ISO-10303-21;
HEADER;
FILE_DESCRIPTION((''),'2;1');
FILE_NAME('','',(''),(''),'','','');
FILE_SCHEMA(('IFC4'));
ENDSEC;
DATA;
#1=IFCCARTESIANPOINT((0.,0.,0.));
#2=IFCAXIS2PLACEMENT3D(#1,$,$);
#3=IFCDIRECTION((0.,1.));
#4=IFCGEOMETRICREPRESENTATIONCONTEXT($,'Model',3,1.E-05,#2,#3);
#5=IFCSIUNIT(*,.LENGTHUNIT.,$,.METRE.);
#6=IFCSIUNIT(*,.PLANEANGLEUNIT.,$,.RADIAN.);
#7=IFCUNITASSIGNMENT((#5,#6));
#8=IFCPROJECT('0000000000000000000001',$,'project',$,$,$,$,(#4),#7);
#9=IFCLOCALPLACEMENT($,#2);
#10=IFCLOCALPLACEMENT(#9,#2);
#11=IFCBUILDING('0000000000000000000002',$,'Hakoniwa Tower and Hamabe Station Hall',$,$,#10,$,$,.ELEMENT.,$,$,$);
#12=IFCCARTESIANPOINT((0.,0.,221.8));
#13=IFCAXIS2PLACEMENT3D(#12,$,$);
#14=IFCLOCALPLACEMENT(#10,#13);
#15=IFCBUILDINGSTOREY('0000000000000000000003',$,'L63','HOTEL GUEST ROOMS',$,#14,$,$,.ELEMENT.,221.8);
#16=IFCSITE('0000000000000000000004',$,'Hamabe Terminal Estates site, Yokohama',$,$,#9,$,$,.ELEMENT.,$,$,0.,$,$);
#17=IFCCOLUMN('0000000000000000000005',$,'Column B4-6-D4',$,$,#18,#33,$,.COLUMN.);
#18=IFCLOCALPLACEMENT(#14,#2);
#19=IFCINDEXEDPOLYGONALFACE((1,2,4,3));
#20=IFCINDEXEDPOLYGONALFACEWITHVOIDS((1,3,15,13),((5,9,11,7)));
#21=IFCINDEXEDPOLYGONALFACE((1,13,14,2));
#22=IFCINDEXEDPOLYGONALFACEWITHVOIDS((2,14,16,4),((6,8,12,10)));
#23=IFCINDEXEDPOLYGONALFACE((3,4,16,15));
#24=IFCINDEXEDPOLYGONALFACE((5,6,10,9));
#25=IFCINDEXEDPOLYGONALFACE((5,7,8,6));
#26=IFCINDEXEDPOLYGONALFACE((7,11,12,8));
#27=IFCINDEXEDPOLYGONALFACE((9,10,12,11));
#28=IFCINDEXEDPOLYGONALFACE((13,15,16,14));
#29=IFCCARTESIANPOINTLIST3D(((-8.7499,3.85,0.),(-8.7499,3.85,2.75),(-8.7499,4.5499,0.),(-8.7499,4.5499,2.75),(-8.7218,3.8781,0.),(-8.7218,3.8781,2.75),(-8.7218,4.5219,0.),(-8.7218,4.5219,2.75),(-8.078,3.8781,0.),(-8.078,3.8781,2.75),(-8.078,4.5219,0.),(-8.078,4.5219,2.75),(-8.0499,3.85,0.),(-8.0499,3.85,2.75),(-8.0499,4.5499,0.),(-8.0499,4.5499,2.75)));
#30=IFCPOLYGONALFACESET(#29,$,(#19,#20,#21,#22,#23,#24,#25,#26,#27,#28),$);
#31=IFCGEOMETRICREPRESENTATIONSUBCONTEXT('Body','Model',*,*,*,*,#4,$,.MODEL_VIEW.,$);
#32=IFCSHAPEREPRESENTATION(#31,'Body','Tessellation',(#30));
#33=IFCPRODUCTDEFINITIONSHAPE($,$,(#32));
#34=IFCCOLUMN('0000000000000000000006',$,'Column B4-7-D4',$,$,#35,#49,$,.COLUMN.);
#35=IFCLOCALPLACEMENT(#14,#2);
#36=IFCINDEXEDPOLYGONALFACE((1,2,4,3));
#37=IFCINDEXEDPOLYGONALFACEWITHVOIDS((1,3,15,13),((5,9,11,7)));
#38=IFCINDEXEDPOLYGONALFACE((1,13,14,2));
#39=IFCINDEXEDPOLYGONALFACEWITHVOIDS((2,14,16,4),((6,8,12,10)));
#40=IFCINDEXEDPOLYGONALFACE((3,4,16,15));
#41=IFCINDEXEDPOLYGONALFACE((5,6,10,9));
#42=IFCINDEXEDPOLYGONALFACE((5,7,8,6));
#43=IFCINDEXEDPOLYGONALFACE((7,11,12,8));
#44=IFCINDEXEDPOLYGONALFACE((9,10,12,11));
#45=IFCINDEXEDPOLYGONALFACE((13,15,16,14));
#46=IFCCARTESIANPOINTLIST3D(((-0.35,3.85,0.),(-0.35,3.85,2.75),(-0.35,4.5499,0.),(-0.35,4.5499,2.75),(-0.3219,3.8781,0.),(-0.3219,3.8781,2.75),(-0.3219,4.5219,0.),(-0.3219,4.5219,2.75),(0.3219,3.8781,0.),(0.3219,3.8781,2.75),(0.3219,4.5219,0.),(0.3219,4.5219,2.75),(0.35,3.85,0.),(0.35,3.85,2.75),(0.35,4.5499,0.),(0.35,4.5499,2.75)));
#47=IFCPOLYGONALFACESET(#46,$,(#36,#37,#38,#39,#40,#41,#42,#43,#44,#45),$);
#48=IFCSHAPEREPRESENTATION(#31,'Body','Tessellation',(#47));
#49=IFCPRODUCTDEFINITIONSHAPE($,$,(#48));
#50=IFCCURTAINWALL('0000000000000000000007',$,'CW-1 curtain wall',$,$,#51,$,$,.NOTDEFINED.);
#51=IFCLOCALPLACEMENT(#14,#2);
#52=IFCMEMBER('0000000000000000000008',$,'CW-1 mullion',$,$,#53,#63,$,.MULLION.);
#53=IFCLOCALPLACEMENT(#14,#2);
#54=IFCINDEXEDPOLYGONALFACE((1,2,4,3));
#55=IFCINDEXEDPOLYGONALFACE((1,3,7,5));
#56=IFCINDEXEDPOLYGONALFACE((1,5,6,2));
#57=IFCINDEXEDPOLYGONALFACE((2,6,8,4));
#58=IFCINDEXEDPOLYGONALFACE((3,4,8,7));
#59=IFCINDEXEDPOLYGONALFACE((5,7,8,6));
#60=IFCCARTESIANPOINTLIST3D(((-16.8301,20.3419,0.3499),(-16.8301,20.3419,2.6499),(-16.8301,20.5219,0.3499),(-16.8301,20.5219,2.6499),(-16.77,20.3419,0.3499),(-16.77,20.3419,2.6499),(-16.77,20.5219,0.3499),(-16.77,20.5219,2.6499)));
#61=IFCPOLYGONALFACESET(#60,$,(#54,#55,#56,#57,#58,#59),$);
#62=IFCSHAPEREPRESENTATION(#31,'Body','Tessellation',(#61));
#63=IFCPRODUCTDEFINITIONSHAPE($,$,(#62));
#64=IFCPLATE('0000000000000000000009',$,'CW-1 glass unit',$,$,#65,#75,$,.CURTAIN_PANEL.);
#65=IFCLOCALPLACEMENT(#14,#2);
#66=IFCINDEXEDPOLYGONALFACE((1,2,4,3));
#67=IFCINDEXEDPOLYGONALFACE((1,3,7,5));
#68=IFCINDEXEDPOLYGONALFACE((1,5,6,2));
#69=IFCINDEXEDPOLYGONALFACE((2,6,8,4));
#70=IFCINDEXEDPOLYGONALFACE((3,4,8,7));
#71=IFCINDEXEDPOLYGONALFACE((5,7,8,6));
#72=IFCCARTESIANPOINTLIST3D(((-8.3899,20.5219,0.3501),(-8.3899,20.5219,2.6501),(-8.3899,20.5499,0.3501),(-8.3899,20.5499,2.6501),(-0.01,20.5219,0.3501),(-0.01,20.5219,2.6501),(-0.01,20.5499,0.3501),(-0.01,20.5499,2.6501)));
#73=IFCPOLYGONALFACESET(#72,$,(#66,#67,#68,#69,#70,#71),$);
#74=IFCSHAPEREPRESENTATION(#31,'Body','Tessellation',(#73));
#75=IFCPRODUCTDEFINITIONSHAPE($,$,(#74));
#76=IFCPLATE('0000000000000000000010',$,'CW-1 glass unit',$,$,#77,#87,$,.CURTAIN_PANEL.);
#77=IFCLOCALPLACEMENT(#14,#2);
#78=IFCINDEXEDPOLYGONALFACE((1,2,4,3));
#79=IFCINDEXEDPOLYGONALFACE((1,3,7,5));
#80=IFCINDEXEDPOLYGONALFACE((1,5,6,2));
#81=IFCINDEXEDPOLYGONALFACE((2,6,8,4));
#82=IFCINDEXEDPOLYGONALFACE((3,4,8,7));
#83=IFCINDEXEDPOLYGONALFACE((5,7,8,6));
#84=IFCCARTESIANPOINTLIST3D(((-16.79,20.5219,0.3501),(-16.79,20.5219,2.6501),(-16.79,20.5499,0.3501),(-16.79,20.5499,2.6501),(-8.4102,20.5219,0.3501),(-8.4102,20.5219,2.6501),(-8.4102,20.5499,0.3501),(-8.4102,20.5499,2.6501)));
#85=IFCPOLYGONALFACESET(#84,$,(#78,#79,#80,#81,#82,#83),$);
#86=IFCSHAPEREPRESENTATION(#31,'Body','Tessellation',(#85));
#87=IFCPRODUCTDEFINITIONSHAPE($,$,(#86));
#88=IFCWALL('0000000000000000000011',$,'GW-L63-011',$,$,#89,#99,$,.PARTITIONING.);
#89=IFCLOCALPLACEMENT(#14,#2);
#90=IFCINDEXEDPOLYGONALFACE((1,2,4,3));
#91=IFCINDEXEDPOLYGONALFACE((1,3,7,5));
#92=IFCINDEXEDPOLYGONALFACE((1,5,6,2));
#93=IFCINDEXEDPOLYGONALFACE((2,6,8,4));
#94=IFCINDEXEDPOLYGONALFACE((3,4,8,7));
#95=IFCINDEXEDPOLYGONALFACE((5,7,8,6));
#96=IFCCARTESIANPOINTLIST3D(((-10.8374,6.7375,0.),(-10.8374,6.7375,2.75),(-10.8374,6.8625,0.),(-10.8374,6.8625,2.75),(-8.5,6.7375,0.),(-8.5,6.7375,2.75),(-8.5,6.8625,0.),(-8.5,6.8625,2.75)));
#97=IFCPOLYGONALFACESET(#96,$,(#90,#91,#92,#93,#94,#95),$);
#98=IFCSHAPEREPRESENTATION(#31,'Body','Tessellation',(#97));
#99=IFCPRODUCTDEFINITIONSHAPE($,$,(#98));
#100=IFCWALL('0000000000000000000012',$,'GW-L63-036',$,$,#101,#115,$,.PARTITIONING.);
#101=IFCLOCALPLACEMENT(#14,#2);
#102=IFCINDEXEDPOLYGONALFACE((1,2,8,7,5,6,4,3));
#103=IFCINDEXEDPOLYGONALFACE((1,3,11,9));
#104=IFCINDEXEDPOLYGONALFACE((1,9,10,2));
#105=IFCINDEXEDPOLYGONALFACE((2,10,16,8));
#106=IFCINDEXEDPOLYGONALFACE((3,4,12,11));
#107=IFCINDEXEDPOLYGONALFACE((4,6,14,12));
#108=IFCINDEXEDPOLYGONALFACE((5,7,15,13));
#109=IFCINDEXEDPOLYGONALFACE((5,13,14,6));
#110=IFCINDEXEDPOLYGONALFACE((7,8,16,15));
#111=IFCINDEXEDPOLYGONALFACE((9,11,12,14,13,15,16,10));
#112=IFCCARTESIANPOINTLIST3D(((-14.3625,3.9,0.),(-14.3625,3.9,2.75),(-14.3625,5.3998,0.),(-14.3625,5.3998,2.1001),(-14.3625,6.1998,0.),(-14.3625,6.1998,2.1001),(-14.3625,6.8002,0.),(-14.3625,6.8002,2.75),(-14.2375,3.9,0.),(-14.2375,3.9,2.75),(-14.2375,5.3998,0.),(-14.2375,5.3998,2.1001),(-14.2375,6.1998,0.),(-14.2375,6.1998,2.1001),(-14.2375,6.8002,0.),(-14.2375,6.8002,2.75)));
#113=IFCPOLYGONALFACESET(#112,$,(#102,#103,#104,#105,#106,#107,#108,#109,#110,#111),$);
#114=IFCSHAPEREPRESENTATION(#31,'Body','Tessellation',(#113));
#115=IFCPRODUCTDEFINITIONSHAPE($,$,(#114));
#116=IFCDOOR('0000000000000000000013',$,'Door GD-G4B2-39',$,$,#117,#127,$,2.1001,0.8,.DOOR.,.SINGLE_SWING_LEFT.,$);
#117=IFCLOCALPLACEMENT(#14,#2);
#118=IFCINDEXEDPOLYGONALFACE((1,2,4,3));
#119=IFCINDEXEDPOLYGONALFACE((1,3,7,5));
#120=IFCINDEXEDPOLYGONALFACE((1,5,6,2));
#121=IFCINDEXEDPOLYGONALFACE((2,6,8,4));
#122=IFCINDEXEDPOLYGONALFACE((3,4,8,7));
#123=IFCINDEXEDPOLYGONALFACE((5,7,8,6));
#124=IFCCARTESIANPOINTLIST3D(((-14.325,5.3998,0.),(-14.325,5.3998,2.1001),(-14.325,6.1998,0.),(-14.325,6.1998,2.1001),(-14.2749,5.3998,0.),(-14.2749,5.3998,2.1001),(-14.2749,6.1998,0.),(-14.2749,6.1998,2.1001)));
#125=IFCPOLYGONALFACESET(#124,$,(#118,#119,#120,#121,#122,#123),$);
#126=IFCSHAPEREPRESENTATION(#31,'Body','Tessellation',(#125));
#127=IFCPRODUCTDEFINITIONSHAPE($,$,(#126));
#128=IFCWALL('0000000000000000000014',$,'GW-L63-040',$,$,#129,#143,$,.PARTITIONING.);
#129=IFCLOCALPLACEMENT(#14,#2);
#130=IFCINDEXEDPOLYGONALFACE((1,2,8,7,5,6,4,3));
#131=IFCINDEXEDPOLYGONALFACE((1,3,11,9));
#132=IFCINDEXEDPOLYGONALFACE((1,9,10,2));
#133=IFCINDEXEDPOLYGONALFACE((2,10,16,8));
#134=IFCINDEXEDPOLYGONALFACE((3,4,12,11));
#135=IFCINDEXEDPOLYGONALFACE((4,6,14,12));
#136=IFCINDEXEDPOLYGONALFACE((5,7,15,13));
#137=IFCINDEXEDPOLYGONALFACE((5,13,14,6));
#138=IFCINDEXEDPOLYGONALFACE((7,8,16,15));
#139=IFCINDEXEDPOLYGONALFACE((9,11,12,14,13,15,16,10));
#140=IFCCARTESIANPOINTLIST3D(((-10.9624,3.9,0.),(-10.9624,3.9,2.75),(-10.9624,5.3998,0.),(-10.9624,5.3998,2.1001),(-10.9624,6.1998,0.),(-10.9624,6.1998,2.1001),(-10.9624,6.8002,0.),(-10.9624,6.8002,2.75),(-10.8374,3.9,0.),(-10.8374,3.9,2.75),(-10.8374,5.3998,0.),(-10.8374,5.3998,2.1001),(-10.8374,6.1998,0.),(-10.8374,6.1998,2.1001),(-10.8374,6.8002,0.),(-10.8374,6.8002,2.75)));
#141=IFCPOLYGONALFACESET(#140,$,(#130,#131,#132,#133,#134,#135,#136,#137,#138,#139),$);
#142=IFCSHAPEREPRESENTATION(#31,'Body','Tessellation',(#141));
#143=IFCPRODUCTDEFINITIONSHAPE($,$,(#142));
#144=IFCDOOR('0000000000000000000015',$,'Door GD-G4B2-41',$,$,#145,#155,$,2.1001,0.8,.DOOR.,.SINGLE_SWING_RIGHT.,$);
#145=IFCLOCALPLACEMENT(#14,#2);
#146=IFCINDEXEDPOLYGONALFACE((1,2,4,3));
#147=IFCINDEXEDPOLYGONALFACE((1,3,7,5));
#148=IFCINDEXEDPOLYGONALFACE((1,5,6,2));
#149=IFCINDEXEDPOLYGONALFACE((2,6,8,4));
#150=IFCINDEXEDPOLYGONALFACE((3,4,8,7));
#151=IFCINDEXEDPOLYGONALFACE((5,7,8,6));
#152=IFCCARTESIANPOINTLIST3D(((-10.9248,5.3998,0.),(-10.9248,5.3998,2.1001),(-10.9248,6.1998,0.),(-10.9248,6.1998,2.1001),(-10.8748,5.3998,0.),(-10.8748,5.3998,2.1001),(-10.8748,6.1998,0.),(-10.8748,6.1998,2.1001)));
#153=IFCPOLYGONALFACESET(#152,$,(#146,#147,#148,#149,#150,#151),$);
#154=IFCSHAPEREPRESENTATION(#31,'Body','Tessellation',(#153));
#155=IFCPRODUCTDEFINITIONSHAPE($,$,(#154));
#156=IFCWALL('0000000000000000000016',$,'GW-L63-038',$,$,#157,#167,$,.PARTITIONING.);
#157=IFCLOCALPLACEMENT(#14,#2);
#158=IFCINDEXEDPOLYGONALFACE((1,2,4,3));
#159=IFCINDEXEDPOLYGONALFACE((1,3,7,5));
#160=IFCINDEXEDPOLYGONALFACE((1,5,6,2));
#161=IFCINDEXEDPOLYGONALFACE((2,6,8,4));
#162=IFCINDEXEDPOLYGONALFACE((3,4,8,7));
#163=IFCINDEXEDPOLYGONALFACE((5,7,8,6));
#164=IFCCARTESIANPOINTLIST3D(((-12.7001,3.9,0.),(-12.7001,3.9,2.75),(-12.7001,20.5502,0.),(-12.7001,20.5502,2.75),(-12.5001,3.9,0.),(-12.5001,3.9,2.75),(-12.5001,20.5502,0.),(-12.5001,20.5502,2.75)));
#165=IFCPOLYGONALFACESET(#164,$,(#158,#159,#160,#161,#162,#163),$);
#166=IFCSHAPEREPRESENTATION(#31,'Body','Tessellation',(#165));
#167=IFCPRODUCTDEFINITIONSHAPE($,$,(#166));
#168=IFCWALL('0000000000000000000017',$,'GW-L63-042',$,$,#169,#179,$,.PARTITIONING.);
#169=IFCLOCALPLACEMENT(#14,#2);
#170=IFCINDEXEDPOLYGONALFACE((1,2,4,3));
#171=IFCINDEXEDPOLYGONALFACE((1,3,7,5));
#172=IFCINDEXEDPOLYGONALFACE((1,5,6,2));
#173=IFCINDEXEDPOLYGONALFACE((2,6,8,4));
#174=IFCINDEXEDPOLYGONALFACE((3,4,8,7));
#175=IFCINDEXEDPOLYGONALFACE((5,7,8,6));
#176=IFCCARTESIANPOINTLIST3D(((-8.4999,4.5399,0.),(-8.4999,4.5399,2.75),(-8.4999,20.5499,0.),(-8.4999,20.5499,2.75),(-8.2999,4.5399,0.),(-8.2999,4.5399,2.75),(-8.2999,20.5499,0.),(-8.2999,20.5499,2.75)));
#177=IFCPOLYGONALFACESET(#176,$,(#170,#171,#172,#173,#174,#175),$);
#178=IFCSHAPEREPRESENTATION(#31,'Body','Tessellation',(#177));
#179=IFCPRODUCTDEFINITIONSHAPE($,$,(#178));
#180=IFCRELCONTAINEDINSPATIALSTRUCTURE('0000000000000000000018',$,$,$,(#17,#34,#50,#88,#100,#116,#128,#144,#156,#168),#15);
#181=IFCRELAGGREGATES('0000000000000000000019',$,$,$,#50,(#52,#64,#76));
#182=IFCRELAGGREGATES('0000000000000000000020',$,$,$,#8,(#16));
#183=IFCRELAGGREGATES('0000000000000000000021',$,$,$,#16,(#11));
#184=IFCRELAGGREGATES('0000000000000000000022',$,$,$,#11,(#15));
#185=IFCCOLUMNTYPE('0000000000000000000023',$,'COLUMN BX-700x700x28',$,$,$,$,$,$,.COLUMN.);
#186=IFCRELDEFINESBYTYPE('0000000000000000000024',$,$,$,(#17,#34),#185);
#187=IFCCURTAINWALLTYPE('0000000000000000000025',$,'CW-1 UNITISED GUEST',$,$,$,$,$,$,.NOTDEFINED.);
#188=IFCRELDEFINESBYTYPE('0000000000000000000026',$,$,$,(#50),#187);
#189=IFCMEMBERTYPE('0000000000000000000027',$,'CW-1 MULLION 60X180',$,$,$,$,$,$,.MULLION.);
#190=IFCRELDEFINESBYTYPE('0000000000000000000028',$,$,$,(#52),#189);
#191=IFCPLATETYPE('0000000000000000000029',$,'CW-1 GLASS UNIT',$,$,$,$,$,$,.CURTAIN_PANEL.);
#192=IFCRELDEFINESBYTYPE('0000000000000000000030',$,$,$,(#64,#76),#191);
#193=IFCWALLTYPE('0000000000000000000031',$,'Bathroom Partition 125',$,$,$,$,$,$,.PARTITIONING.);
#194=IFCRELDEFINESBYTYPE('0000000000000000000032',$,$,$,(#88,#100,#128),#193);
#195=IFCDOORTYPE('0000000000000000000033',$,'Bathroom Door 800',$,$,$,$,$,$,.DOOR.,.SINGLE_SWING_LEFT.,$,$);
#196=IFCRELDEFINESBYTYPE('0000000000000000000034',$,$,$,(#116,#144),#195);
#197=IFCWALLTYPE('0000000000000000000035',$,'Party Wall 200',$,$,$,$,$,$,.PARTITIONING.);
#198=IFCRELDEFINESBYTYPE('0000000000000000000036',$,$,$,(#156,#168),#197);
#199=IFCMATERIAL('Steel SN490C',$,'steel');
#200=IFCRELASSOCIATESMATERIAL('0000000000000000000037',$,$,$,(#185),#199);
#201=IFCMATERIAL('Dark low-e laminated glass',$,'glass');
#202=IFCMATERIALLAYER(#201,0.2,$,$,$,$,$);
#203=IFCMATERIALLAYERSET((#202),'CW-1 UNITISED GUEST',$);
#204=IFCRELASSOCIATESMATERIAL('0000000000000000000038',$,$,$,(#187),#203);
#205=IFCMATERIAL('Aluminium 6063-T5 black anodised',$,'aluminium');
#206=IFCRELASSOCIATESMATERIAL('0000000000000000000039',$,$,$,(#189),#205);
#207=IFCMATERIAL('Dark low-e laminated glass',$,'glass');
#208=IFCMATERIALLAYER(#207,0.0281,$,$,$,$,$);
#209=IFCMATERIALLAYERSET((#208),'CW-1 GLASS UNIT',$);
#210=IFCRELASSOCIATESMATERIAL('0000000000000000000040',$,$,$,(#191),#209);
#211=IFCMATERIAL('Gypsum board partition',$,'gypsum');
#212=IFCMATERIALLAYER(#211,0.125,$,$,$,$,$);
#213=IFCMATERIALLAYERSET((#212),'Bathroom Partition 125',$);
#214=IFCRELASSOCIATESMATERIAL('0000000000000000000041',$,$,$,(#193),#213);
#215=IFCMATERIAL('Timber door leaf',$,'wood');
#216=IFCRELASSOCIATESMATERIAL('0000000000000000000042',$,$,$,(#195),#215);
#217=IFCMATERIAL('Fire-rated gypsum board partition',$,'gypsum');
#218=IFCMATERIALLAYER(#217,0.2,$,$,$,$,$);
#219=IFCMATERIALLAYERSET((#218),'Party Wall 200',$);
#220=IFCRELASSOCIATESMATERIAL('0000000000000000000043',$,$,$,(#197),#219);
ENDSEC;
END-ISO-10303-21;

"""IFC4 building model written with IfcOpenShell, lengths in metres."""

from ifc_helpers import new_model, si_unit, direction, frame, frame_2d, origin, origin_2d, place, context, subcontext, project, spatial, rectangle, hollow_rectangle, extrude, material, layer, layer_set, material_profile, profile_set, type_object, element, fill, aggregate, save


model = new_model("IFC4")

# Units and contexts
model_context = context("Model", 3, precision=1e-05, world=origin(), true_north=direction((0.0, 1.0)))
body_context = subcontext(model_context, "Body", "Model", "MODEL_VIEW")
ifc_project = project(units=[si_unit("LENGTHUNIT", "METRE"), si_unit("PLANEANGLEUNIT", "RADIAN")], contexts=[model_context])

# Site, building, storey
site_placement = place(None, origin())
site = spatial("IfcSite", under=ifc_project, at=site_placement, Name="Hamabe Terminal Estates site, Yokohama", CompositionType="ELEMENT", RefElevation=0.0)
building_placement = place(site_placement, origin())
building = spatial("IfcBuilding", under=site, at=building_placement, Name="Hakoniwa Tower and Hamabe Station Hall", CompositionType="ELEMENT")
storey_placement = place(building_placement, frame((0.0, 0.0, 221.8)))
storey = spatial("IfcBuildingStorey", under=building, at=storey_placement, Name="L63", Description="HOTEL GUEST ROOMS", CompositionType="ELEMENT", Elevation=221.8)

# Columns
ifc_material_1 = material(Name="Steel SN490C", Category="steel")
ifc_material_profile_1 = material_profile(ifc_material_1, hollow_rectangle(XDim=0.7, YDim=0.7, WallThickness=0.0281, at=origin_2d()), Name="BX-700x700x28")
ifc_profile_set_1 = profile_set([ifc_material_profile_1], Name="Steel SN490C")
column_type_1 = type_object("IfcColumnType", Name="COLUMN BX-700x700x28", PredefinedType="COLUMN", material=ifc_profile_set_1)
for number, where, z_axis, x_axis, name in (
    (1, (-8.3999, 4.2, 0.0), (0.0, 0.0, 1.0), (1.0, 0.0, 0.0), "Column B4-6-D4"),
    (2, (0.0, 4.2, 0.0), (0.0, 0.0, 1.0), (1.0, 0.0, 0.0), "Column B4-7-D4"),
):
    element("IfcColumn", number, at=place(storey_placement, frame(where, z_axis=z_axis, x_axis=x_axis)), inside=storey, type_object=column_type_1, Name=name, PredefinedType="COLUMN", context=body_context, shape_type="SweptSolid", body=[
        extrude(hollow_rectangle(XDim=0.7, YDim=0.7, WallThickness=0.0281, at=origin_2d()), origin(), (0.0, 0.0, 1.0), 2.75),
    ])

# Curtain wall, member, plates
ifc_material_2 = material(Name="Dark low-e laminated glass", Category="glass")
ifc_layer_1 = layer(ifc_material_2, 0.2)
ifc_layer_set_1 = layer_set([ifc_layer_1], Name="CW-1 UNITISED GUEST")
curtain_wall_type = type_object("IfcCurtainWallType", Name="CW-1 UNITISED GUEST", PredefinedType="NOTDEFINED", material=ifc_layer_set_1)
curtain_wall_placement = place(storey_placement, origin())
curtain_wall = element("IfcCurtainWall", 3, at=curtain_wall_placement, inside=storey, type_object=curtain_wall_type, Name="CW-1 curtain wall", PredefinedType="NOTDEFINED")
ifc_material_3 = material(Name="Aluminium 6063-T5 black anodised", Category="aluminium")
ifc_material_profile_2 = material_profile(ifc_material_3, rectangle(XDim=0.0601, YDim=0.1799, at=origin_2d()), Name="CW-1 MULLION 60X180")
ifc_profile_set_2 = profile_set([ifc_material_profile_2], Name="Aluminium 6063-T5 black anodised")
member_type = type_object("IfcMemberType", Name="CW-1 MULLION 60X180", PredefinedType="MULLION", material=ifc_profile_set_2)
member_placement = place(storey_placement, frame((-16.8, 20.4319, 0.3499), z_axis=(0.0, 0.0, 1.0), x_axis=(-1.0, 0.0, 0.0)))
member = element("IfcMember", 4, at=member_placement, type_object=member_type, Name="CW-1 mullion", PredefinedType="MULLION", context=body_context, shape_type="SweptSolid", body=[
    extrude(rectangle(XDim=0.0601, YDim=0.1799, at=origin_2d()), origin(), (0.0, 0.0, 1.0), 2.3),
])
ifc_material_4 = material(Name="Dark low-e laminated glass", Category="glass")
ifc_layer_2 = layer(ifc_material_4, 0.0281)
ifc_layer_set_2 = layer_set([ifc_layer_2], Name="CW-1 GLASS UNIT")
plate_type = type_object("IfcPlateType", Name="CW-1 GLASS UNIT", PredefinedType="CURTAIN_PANEL", material=ifc_layer_set_2)
plate_1_placement = place(storey_placement, frame((-4.2, 20.5359, 0.3501), z_axis=(0.0, 0.0, 1.0), x_axis=(-1.0, 0.0, 0.0)))
plate_1 = element("IfcPlate", 5, at=plate_1_placement, type_object=plate_type, Name="CW-1 glass unit", PredefinedType="CURTAIN_PANEL", context=body_context, shape_type="SweptSolid", body=[
    extrude(rectangle(XDim=8.3799, YDim=0.0281, at=origin_2d()), origin(), (0.0, 0.0, 1.0), 2.3),
])
plate_2_placement = place(storey_placement, frame((-12.6001, 20.5359, 0.3501), z_axis=(0.0, 0.0, 1.0), x_axis=(-1.0, 0.0, 0.0)))
plate_2 = element("IfcPlate", 6, at=plate_2_placement, type_object=plate_type, Name="CW-1 glass unit", PredefinedType="CURTAIN_PANEL", context=body_context, shape_type="SweptSolid", body=[
    extrude(rectangle(XDim=8.3799, YDim=0.0281, at=origin_2d()), origin(), (0.0, 0.0, 1.0), 2.3),
])
aggregate(curtain_wall, [member, plate_1, plate_2])

# Wall
ifc_material_5 = material(Name="Gypsum board partition", Category="gypsum")
ifc_layer_3 = layer(ifc_material_5, 0.125)
ifc_layer_set_3 = layer_set([ifc_layer_3], Name="Bathroom Partition 125")
wall_type_1 = type_object("IfcWallType", Name="Bathroom Partition 125", PredefinedType="PARTITIONING", material=ifc_layer_set_3)
wall_1_placement = place(storey_placement, frame((-10.8374, 6.8, 0.0), z_axis=(0.0, 0.0, 1.0), x_axis=(1.0, 0.0, 0.0)))
element("IfcWall", 7, at=wall_1_placement, inside=storey, type_object=wall_type_1, Name="GW-L63-011", PredefinedType="PARTITIONING", context=body_context, shape_type="SweptSolid", body=[
    extrude(rectangle(XDim=2.3374, YDim=0.125, at=frame_2d((1.1687, 0.0))), origin(), (0.0, 0.0, 1.0), 2.75),
])

# Walls, openings, doors
wall_2_placement = place(storey_placement, frame((-14.3, 3.8999, 0.0), z_axis=(0.0, 0.0, 1.0), x_axis=(0.0, 1.0, 0.0)))
wall_2 = element("IfcWall", 8, at=wall_2_placement, inside=storey, type_object=wall_type_1, Name="GW-L63-036", PredefinedType="PARTITIONING", context=body_context, shape_type="SweptSolid", body=[
    extrude(rectangle(XDim=2.9001, YDim=0.125, at=frame_2d((1.4502, 0.0))), origin(), (0.0, 0.0, 1.0), 2.75),
])
opening_1_placement = place(wall_2_placement, frame((1.5, 0.0, 0.0)))
opening_1 = element("IfcOpeningElement", 9, at=opening_1_placement, cuts=wall_2, PredefinedType="OPENING", context=body_context, shape_type="SweptSolid", body=[
    extrude(rectangle(XDim=0.8, YDim=2.1001, at=frame_2d((0.3999, 1.05))), frame((0.0, 0.0725, 0.0), z_axis=(0.0, -1.0, 0.0), x_axis=(1.0, 0.0, 0.0)), (0.0, 0.0, 1.0), 0.145),
])
ifc_material_6 = material(Name="Timber door leaf", Category="wood")
door_type = type_object("IfcDoorType", Name="Bathroom Door 800", OperationType="SINGLE_SWING_LEFT", PredefinedType="DOOR", material=ifc_material_6)
door_1_placement = place(opening_1_placement, origin())
door_1 = element("IfcDoor", 10, at=door_1_placement, inside=storey, type_object=door_type, Name="Door GD-G4B2-39", OperationType="SINGLE_SWING_LEFT", OverallHeight=2.1001, OverallWidth=0.8, PredefinedType="DOOR", context=body_context, shape_type="SweptSolid", body=[
    extrude(rectangle(XDim=0.8, YDim=2.1001, at=frame_2d((0.3999, 1.05))), frame((0.0, 0.0249, 0.0), z_axis=(0.0, -1.0, 0.0), x_axis=(1.0, 0.0, 0.0)), (0.0, 0.0, 1.0), 0.05),
])
fill(opening_1, door_1)
wall_3_placement = place(storey_placement, frame((-10.8999, 3.8999, 0.0), z_axis=(0.0, 0.0, 1.0), x_axis=(0.0, 1.0, 0.0)))
wall_3 = element("IfcWall", 11, at=wall_3_placement, inside=storey, type_object=wall_type_1, Name="GW-L63-040", PredefinedType="PARTITIONING", context=body_context, shape_type="SweptSolid", body=[
    extrude(rectangle(XDim=2.9001, YDim=0.125, at=frame_2d((1.4502, 0.0))), origin(), (0.0, 0.0, 1.0), 2.75),
])
opening_2_placement = place(wall_3_placement, frame((1.5, 0.0, 0.0)))
opening_2 = element("IfcOpeningElement", 12, at=opening_2_placement, cuts=wall_3, PredefinedType="OPENING", context=body_context, shape_type="SweptSolid", body=[
    extrude(rectangle(XDim=0.8, YDim=2.1001, at=frame_2d((0.3999, 1.05))), frame((0.0, 0.0725, 0.0), z_axis=(0.0, -1.0, 0.0), x_axis=(1.0, 0.0, 0.0)), (0.0, 0.0, 1.0), 0.145),
])
door_2_placement = place(opening_2_placement, origin())
door_2 = element("IfcDoor", 13, at=door_2_placement, inside=storey, type_object=door_type, Name="Door GD-G4B2-41", OperationType="SINGLE_SWING_RIGHT", OverallHeight=2.1001, OverallWidth=0.8, PredefinedType="DOOR", context=body_context, shape_type="SweptSolid", body=[
    extrude(rectangle(XDim=0.8, YDim=2.1001, at=frame_2d((0.3999, 1.05))), frame((0.0, 0.0249, 0.0), z_axis=(0.0, -1.0, 0.0), x_axis=(1.0, 0.0, 0.0)), (0.0, 0.0, 1.0), 0.05),
])
fill(opening_2, door_2)

# Walls
ifc_material_7 = material(Name="Fire-rated gypsum board partition", Category="gypsum")
ifc_layer_4 = layer(ifc_material_7, 0.2)
ifc_layer_set_4 = layer_set([ifc_layer_4], Name="Party Wall 200")
wall_type_2 = type_object("IfcWallType", Name="Party Wall 200", PredefinedType="PARTITIONING", material=ifc_layer_set_4)
wall_4_placement = place(storey_placement, frame((-12.6001, 3.8999, 0.0), z_axis=(0.0, 0.0, 1.0), x_axis=(0.0, 1.0, 0.0)))
element("IfcWall", 14, at=wall_4_placement, inside=storey, type_object=wall_type_2, Name="GW-L63-038", PredefinedType="PARTITIONING", context=body_context, shape_type="SweptSolid", body=[
    extrude(rectangle(XDim=16.6501, YDim=0.2, at=frame_2d((8.3252, 0.0))), origin(), (0.0, 0.0, 1.0), 2.75),
])
wall_5_placement = place(storey_placement, frame((-8.3999, 4.54, 0.0), z_axis=(0.0, 0.0, 1.0), x_axis=(0.0, 1.0, 0.0)))
element("IfcWall", 15, at=wall_5_placement, inside=storey, type_object=wall_type_2, Name="GW-L63-042", PredefinedType="PARTITIONING", context=body_context, shape_type="SweptSolid", body=[
    extrude(rectangle(XDim=16.01, YDim=0.2, at=frame_2d((8.0049, 0.0))), origin(), (0.0, 0.0, 1.0), 2.75),
])

save(model, "model.ifc")
